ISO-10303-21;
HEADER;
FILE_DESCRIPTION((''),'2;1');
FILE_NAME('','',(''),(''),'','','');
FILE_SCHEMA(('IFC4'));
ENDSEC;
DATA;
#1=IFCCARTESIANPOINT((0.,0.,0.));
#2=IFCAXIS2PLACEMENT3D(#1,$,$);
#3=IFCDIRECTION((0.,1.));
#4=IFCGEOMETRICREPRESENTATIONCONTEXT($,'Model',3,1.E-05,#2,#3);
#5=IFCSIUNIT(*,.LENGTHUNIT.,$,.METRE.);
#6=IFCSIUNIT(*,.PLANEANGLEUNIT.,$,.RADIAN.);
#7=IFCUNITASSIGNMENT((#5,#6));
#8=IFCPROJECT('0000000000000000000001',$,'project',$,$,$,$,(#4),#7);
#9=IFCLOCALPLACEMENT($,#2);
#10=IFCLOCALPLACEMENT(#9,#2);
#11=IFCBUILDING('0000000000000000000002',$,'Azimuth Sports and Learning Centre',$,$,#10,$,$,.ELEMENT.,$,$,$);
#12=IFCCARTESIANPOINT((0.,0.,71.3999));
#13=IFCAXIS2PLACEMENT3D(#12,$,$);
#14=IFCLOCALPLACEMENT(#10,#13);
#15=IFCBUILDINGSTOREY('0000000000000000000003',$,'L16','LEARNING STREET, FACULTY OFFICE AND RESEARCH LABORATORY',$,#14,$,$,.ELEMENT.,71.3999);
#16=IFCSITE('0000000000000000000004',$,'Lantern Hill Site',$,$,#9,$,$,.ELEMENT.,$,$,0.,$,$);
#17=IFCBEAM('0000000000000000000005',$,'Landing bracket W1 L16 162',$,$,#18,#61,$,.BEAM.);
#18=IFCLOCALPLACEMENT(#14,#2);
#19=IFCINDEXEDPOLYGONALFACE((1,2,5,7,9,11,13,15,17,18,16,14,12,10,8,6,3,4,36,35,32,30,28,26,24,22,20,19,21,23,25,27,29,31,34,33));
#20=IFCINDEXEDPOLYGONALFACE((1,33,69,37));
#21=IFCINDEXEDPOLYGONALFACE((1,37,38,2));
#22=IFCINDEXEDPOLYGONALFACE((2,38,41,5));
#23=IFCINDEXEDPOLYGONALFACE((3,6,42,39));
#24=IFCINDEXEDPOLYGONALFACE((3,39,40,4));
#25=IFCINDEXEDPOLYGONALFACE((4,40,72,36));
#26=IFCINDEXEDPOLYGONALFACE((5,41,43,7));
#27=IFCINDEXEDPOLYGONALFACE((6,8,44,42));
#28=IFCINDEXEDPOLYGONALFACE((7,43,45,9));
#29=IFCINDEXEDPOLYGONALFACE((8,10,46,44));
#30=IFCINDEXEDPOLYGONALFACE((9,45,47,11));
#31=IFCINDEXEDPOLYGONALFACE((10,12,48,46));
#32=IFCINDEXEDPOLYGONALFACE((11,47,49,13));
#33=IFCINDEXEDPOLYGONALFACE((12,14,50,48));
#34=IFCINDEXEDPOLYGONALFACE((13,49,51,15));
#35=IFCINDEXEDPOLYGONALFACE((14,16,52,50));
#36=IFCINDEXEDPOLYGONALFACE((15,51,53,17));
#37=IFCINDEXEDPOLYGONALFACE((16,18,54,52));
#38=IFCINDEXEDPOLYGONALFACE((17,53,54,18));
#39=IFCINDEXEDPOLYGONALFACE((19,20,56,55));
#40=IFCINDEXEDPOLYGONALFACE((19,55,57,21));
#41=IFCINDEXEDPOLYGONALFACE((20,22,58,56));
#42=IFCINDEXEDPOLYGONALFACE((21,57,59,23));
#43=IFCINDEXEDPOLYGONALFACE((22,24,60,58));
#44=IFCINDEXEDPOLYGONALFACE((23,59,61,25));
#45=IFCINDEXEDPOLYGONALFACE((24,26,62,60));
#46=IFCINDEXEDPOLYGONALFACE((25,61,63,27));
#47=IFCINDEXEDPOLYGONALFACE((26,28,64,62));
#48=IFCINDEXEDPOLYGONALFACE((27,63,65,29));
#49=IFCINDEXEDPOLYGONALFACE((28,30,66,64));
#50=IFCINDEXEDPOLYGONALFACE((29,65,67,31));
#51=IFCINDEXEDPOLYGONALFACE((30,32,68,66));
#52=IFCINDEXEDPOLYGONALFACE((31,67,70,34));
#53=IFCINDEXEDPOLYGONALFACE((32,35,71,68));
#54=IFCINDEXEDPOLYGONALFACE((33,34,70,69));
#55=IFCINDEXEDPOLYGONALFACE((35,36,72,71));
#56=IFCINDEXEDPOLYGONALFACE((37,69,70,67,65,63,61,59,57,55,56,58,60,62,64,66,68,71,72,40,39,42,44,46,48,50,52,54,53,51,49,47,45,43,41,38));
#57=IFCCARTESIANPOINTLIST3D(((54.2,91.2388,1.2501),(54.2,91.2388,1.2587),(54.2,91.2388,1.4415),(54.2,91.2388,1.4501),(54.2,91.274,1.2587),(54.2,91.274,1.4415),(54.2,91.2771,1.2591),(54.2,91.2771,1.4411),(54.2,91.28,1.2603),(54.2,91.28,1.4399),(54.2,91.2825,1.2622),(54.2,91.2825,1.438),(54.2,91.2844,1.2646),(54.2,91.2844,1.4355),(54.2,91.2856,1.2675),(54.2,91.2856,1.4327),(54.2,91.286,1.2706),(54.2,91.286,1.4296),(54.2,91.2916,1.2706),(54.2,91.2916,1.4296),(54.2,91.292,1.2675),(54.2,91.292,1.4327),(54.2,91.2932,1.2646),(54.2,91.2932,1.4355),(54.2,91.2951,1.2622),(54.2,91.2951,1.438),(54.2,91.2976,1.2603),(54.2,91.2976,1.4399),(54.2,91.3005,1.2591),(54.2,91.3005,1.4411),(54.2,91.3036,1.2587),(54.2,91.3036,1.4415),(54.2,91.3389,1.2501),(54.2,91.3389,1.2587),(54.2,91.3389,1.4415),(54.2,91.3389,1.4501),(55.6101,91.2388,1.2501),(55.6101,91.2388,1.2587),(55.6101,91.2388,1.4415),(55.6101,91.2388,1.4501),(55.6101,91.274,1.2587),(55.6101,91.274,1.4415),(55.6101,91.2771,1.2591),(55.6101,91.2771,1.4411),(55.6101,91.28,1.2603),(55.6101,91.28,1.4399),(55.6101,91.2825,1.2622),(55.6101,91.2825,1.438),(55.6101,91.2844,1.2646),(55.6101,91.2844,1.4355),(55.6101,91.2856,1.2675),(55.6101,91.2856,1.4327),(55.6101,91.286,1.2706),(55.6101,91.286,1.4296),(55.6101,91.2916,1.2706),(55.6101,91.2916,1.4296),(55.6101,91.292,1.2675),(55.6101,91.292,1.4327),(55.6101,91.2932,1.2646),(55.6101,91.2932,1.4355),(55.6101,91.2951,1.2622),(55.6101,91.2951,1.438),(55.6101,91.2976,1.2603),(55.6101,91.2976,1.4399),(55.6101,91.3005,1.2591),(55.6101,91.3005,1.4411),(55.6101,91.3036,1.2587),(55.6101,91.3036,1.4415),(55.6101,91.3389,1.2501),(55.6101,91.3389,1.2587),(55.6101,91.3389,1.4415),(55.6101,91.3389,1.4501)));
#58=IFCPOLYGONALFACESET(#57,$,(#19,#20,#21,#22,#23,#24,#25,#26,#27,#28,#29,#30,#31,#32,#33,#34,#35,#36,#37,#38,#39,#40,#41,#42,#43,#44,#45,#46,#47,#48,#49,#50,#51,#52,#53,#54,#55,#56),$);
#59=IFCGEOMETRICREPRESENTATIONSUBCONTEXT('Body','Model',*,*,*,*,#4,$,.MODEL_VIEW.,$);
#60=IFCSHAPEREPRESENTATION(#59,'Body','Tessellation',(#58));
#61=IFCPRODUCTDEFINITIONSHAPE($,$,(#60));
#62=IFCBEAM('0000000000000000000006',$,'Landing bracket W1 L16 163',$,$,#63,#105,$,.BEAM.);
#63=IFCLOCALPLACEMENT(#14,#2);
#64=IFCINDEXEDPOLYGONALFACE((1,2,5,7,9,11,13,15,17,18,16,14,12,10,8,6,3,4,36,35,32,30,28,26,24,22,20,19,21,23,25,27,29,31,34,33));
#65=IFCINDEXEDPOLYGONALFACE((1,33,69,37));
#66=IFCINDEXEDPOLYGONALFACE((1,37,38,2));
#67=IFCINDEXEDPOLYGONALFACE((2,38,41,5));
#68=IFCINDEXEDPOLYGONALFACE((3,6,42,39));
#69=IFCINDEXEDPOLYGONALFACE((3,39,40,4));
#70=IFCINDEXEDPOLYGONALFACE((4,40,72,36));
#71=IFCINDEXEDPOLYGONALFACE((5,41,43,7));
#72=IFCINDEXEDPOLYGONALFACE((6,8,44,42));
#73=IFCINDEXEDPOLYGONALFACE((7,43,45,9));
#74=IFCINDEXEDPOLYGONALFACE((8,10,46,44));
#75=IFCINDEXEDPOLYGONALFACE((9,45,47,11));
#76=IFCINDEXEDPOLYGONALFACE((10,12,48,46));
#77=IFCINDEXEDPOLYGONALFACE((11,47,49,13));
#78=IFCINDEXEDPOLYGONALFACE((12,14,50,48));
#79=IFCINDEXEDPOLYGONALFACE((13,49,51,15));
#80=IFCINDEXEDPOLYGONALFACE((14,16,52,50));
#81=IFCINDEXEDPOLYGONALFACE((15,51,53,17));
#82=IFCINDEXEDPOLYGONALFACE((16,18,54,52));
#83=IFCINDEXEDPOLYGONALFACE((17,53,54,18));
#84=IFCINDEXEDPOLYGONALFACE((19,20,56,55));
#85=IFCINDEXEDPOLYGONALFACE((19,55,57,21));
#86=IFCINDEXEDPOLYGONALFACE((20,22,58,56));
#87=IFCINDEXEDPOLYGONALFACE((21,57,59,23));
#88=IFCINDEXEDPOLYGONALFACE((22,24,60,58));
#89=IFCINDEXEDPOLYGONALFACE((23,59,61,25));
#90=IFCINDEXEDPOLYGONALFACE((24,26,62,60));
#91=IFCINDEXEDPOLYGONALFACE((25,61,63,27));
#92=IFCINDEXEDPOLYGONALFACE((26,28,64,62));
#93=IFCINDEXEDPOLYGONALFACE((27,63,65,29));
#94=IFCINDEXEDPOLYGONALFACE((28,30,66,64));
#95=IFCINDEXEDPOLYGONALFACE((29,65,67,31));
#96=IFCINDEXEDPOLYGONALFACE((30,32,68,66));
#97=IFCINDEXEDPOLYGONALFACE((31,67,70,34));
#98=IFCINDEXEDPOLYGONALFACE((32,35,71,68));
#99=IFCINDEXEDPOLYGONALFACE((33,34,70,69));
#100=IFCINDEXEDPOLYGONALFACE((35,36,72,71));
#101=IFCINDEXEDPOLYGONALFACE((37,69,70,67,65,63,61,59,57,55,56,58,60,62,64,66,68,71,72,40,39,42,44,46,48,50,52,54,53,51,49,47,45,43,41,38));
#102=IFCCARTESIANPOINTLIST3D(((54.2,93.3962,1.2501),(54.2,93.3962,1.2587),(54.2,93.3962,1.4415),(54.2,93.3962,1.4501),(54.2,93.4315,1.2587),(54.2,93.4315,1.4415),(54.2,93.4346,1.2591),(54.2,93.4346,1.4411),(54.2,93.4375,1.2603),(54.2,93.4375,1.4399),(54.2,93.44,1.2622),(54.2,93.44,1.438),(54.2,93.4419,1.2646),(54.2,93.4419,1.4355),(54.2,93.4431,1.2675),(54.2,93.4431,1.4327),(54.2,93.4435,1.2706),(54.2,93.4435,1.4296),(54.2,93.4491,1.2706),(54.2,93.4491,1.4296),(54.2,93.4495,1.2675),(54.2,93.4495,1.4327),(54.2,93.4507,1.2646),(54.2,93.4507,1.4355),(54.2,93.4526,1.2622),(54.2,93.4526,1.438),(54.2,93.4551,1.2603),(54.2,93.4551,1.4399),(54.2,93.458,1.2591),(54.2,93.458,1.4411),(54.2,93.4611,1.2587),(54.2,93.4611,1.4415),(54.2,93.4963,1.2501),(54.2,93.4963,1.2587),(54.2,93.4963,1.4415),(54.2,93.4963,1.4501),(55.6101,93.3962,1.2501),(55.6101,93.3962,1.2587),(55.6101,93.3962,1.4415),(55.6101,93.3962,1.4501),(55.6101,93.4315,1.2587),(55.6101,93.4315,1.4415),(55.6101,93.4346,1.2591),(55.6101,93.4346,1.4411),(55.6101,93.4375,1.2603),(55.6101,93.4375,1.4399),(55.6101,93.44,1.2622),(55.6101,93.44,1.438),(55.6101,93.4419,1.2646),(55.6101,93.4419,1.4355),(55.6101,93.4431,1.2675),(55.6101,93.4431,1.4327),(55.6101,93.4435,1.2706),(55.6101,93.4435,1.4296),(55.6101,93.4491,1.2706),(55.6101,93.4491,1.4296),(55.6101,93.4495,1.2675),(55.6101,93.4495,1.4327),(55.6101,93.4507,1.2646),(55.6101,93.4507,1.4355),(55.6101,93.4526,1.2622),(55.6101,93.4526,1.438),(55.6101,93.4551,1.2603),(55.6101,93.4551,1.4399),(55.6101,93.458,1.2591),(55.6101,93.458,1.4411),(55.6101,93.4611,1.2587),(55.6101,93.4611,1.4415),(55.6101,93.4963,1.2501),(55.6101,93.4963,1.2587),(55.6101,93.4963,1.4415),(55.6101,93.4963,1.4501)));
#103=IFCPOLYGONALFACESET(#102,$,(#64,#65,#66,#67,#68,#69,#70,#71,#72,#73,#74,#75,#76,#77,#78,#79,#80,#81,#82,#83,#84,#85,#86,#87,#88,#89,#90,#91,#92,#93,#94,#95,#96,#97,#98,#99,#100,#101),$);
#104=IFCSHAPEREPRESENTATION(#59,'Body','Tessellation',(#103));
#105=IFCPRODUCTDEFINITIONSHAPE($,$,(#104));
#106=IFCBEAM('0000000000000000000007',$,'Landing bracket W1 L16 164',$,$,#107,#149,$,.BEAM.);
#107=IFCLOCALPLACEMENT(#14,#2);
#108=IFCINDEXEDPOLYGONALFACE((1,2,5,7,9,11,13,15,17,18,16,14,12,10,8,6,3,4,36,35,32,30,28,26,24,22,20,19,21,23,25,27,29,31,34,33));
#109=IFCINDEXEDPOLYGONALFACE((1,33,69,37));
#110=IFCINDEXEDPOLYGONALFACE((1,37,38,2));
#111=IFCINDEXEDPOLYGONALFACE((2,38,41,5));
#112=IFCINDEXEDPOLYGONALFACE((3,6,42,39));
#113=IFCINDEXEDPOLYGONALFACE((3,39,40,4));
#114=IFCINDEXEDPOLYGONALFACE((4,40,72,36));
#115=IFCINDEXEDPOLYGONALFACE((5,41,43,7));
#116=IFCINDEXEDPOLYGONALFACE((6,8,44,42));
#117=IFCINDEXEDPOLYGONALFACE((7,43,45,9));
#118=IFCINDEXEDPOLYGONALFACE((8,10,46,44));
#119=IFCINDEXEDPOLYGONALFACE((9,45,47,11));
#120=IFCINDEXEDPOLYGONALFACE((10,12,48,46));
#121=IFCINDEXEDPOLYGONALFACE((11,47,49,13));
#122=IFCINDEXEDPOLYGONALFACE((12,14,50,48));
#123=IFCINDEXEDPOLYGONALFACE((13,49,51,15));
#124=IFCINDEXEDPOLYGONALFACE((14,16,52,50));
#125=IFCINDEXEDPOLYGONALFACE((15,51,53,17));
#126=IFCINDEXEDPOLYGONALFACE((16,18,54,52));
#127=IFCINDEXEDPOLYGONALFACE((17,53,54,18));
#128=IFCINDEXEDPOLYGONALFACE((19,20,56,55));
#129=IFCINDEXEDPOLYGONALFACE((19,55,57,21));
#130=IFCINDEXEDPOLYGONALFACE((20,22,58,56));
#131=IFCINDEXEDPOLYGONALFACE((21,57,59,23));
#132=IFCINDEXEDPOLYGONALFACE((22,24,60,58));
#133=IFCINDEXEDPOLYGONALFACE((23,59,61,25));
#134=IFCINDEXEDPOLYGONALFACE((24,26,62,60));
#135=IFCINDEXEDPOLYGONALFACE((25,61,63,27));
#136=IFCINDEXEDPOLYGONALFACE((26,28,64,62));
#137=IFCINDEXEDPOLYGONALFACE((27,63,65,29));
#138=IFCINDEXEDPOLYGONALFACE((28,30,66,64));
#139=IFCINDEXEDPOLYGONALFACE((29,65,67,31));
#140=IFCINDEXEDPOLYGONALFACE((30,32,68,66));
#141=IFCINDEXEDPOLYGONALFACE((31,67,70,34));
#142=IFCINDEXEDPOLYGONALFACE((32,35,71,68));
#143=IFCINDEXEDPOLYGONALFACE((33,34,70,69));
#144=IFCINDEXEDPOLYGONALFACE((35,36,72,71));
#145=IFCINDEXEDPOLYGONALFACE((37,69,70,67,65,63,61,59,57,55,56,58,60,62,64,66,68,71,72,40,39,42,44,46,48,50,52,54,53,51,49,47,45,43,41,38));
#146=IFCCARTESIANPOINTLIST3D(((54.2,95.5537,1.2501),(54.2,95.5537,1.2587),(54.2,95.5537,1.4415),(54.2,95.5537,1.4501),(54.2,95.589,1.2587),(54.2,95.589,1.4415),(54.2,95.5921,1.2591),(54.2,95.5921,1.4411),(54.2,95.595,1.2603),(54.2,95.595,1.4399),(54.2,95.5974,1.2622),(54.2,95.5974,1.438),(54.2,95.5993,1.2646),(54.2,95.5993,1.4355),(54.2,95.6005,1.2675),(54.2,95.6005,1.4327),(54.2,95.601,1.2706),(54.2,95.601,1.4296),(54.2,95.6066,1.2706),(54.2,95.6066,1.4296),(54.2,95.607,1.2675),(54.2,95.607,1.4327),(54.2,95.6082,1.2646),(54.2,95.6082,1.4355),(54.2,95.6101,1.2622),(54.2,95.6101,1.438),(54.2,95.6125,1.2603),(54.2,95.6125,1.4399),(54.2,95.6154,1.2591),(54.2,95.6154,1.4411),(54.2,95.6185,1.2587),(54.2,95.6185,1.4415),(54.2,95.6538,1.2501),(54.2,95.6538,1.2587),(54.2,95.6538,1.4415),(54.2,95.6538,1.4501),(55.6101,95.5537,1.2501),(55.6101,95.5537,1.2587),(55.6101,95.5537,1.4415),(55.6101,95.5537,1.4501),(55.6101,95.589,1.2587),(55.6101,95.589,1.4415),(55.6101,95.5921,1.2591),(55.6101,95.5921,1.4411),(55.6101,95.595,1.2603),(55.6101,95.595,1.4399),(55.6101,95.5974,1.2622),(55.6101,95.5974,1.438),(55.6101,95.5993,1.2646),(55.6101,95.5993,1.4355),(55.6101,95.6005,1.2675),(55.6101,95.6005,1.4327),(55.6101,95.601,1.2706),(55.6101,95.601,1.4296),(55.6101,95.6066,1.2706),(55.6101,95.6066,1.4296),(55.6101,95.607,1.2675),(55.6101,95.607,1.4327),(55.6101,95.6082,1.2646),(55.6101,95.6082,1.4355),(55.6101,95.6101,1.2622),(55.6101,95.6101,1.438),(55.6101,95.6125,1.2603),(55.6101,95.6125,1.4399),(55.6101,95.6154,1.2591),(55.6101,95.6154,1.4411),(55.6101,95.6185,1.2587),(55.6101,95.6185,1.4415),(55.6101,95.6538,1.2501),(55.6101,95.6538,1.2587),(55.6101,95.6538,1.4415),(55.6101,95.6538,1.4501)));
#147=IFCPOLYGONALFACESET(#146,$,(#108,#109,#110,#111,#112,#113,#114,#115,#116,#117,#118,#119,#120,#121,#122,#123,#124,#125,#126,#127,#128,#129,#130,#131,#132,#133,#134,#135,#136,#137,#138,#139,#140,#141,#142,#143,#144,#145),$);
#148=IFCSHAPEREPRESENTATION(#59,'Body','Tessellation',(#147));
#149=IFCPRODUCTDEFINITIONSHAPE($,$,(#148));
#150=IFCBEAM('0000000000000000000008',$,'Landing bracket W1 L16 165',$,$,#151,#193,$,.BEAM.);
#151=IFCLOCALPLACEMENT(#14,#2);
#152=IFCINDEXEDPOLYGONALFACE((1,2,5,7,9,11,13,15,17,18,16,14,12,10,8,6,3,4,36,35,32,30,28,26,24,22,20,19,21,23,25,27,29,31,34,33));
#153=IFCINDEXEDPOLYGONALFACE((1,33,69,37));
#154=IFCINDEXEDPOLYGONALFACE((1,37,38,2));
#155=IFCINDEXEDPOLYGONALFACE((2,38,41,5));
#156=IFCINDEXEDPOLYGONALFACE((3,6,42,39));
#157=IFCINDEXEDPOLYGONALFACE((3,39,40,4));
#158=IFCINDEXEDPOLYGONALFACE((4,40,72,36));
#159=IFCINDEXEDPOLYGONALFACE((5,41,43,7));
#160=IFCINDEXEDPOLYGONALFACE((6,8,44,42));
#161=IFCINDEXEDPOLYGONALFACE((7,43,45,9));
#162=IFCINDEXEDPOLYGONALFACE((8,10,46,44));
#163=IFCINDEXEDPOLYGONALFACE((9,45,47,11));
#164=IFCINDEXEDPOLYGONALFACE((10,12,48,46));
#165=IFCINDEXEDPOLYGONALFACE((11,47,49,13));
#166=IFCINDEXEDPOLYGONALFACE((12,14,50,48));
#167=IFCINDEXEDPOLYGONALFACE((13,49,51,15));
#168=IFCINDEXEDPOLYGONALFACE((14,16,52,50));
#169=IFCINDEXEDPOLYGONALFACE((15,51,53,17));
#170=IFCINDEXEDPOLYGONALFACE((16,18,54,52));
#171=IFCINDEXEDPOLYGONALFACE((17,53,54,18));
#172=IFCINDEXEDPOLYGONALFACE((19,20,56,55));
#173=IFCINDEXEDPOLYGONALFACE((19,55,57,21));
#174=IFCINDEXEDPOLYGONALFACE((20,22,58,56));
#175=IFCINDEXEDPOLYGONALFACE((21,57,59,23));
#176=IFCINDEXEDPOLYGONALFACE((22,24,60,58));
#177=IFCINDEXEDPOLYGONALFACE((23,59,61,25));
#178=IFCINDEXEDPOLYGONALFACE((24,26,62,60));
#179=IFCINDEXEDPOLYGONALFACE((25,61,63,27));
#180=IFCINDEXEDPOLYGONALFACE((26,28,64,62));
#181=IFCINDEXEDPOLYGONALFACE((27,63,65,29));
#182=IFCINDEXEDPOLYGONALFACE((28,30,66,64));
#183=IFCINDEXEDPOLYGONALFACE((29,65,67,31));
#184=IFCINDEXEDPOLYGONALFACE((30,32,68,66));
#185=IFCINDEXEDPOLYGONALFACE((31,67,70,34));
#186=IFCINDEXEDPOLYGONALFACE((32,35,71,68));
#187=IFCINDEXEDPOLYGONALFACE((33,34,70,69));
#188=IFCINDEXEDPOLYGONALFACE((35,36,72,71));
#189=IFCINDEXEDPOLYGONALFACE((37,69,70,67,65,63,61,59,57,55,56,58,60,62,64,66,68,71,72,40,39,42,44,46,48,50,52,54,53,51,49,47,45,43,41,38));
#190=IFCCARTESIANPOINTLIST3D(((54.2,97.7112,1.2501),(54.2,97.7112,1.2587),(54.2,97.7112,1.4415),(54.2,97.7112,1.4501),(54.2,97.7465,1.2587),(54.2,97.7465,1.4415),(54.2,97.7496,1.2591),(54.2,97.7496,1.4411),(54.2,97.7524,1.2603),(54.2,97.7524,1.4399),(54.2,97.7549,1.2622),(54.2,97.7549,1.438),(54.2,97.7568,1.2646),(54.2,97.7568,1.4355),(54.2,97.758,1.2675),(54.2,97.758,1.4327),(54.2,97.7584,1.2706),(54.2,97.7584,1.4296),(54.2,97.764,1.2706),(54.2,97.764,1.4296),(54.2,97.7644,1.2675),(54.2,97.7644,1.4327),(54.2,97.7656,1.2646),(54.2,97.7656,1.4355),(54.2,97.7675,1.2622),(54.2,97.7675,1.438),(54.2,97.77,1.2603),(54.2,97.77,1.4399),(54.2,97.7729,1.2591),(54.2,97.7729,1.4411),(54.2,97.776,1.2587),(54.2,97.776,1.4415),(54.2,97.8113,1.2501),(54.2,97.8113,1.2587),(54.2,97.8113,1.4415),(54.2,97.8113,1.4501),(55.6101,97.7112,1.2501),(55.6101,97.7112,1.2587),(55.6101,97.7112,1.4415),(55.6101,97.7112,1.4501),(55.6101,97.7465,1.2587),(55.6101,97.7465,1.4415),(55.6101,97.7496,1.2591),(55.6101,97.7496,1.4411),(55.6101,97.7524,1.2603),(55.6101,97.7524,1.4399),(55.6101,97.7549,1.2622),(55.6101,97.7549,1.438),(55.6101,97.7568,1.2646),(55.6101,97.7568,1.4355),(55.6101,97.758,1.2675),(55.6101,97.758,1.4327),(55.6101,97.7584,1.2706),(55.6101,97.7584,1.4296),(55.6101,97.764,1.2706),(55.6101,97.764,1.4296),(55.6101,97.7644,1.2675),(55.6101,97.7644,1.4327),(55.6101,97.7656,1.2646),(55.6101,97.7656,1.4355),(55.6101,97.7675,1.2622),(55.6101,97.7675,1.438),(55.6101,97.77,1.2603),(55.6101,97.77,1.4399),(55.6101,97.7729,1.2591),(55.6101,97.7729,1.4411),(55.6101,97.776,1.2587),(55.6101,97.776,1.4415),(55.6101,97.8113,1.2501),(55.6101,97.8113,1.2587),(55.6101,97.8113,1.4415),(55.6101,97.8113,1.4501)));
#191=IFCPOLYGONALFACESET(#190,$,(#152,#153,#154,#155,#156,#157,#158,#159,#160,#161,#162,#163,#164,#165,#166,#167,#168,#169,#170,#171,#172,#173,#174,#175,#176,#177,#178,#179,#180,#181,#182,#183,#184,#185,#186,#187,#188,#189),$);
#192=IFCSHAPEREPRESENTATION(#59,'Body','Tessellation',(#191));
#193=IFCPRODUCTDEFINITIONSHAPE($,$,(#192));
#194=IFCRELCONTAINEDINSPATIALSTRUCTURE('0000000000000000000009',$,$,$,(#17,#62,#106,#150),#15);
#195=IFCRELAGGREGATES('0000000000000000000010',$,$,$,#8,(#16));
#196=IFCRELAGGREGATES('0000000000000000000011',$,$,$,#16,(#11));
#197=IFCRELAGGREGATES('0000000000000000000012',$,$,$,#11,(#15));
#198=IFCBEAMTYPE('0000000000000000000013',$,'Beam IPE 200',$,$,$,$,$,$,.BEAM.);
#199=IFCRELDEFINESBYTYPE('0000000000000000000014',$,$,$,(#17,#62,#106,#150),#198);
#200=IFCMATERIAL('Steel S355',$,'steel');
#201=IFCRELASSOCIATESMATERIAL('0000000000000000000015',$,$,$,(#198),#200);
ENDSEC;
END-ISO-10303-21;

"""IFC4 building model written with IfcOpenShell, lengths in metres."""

from ifc_helpers import new_model, si_unit, direction, frame, origin, origin_2d, place, context, subcontext, project, spatial, i_section, extrude, material, material_profile, profile_set, type_object, element, save


model = new_model("IFC4")

# Units and contexts
model_context = context("Model", 3, precision=1e-05, world=origin(), true_north=direction((0.0, 1.0)))
body_context = subcontext(model_context, "Body", "Model", "MODEL_VIEW")
ifc_project = project(units=[si_unit("LENGTHUNIT", "METRE"), si_unit("PLANEANGLEUNIT", "RADIAN")], contexts=[model_context])

# Site, building, storey
site_placement = place(None, origin())
site = spatial("IfcSite", under=ifc_project, at=site_placement, Name="Lantern Hill Site", CompositionType="ELEMENT", RefElevation=0.0)
building_placement = place(site_placement, origin())
building = spatial("IfcBuilding", under=site, at=building_placement, Name="Azimuth Sports and Learning Centre", CompositionType="ELEMENT")
storey_placement = place(building_placement, frame((0.0, 0.0, 71.3999)))
storey = spatial("IfcBuildingStorey", under=building, at=storey_placement, Name="L16", Description="LEARNING STREET, FACULTY OFFICE AND RESEARCH LABORATORY", CompositionType="ELEMENT", Elevation=71.3999)

# Beams
ifc_material_1 = material(Name="Steel S355", Category="steel")
ifc_material_profile = material_profile(ifc_material_1, i_section(OverallWidth=0.1001, OverallDepth=0.2, WebThickness=0.0056, FlangeThickness=0.0085, FilletRadius=0.012, at=origin_2d()), Name="IPE 200")
ifc_profile_set = profile_set([ifc_material_profile], Name="Steel S355")
beam_type = type_object("IfcBeamType", Name="Beam IPE 200", PredefinedType="BEAM", material=ifc_profile_set)
for number, where, z_axis, x_axis, name in (
    (1, (54.2, 91.2888, 1.3501), (1.0, 0.0, 0.0), (0.0, 1.0, 0.0), "Landing bracket W1 L16 162"),
    (2, (54.2, 93.4463, 1.3501), (1.0, 0.0, 0.0), (0.0, 1.0, 0.0), "Landing bracket W1 L16 163"),
    (3, (54.2, 95.6038, 1.3501), (1.0, 0.0, 0.0), (0.0, 1.0, 0.0), "Landing bracket W1 L16 164"),
    (4, (54.2, 97.7612, 1.3501), (1.0, 0.0, 0.0), (0.0, 1.0, 0.0), "Landing bracket W1 L16 165"),
):
    element("IfcBeam", number, at=place(storey_placement, frame(where, z_axis=z_axis, x_axis=x_axis)), inside=storey, type_object=beam_type, Name=name, PredefinedType="BEAM", context=body_context, shape_type="SweptSolid", body=[
        extrude(i_section(OverallWidth=0.1001, OverallDepth=0.2, WebThickness=0.0056, FlangeThickness=0.0085, FilletRadius=0.012, at=origin_2d()), origin(), (0.0, 0.0, 1.0), 1.4102),
    ])

save(model, "model.ifc")
